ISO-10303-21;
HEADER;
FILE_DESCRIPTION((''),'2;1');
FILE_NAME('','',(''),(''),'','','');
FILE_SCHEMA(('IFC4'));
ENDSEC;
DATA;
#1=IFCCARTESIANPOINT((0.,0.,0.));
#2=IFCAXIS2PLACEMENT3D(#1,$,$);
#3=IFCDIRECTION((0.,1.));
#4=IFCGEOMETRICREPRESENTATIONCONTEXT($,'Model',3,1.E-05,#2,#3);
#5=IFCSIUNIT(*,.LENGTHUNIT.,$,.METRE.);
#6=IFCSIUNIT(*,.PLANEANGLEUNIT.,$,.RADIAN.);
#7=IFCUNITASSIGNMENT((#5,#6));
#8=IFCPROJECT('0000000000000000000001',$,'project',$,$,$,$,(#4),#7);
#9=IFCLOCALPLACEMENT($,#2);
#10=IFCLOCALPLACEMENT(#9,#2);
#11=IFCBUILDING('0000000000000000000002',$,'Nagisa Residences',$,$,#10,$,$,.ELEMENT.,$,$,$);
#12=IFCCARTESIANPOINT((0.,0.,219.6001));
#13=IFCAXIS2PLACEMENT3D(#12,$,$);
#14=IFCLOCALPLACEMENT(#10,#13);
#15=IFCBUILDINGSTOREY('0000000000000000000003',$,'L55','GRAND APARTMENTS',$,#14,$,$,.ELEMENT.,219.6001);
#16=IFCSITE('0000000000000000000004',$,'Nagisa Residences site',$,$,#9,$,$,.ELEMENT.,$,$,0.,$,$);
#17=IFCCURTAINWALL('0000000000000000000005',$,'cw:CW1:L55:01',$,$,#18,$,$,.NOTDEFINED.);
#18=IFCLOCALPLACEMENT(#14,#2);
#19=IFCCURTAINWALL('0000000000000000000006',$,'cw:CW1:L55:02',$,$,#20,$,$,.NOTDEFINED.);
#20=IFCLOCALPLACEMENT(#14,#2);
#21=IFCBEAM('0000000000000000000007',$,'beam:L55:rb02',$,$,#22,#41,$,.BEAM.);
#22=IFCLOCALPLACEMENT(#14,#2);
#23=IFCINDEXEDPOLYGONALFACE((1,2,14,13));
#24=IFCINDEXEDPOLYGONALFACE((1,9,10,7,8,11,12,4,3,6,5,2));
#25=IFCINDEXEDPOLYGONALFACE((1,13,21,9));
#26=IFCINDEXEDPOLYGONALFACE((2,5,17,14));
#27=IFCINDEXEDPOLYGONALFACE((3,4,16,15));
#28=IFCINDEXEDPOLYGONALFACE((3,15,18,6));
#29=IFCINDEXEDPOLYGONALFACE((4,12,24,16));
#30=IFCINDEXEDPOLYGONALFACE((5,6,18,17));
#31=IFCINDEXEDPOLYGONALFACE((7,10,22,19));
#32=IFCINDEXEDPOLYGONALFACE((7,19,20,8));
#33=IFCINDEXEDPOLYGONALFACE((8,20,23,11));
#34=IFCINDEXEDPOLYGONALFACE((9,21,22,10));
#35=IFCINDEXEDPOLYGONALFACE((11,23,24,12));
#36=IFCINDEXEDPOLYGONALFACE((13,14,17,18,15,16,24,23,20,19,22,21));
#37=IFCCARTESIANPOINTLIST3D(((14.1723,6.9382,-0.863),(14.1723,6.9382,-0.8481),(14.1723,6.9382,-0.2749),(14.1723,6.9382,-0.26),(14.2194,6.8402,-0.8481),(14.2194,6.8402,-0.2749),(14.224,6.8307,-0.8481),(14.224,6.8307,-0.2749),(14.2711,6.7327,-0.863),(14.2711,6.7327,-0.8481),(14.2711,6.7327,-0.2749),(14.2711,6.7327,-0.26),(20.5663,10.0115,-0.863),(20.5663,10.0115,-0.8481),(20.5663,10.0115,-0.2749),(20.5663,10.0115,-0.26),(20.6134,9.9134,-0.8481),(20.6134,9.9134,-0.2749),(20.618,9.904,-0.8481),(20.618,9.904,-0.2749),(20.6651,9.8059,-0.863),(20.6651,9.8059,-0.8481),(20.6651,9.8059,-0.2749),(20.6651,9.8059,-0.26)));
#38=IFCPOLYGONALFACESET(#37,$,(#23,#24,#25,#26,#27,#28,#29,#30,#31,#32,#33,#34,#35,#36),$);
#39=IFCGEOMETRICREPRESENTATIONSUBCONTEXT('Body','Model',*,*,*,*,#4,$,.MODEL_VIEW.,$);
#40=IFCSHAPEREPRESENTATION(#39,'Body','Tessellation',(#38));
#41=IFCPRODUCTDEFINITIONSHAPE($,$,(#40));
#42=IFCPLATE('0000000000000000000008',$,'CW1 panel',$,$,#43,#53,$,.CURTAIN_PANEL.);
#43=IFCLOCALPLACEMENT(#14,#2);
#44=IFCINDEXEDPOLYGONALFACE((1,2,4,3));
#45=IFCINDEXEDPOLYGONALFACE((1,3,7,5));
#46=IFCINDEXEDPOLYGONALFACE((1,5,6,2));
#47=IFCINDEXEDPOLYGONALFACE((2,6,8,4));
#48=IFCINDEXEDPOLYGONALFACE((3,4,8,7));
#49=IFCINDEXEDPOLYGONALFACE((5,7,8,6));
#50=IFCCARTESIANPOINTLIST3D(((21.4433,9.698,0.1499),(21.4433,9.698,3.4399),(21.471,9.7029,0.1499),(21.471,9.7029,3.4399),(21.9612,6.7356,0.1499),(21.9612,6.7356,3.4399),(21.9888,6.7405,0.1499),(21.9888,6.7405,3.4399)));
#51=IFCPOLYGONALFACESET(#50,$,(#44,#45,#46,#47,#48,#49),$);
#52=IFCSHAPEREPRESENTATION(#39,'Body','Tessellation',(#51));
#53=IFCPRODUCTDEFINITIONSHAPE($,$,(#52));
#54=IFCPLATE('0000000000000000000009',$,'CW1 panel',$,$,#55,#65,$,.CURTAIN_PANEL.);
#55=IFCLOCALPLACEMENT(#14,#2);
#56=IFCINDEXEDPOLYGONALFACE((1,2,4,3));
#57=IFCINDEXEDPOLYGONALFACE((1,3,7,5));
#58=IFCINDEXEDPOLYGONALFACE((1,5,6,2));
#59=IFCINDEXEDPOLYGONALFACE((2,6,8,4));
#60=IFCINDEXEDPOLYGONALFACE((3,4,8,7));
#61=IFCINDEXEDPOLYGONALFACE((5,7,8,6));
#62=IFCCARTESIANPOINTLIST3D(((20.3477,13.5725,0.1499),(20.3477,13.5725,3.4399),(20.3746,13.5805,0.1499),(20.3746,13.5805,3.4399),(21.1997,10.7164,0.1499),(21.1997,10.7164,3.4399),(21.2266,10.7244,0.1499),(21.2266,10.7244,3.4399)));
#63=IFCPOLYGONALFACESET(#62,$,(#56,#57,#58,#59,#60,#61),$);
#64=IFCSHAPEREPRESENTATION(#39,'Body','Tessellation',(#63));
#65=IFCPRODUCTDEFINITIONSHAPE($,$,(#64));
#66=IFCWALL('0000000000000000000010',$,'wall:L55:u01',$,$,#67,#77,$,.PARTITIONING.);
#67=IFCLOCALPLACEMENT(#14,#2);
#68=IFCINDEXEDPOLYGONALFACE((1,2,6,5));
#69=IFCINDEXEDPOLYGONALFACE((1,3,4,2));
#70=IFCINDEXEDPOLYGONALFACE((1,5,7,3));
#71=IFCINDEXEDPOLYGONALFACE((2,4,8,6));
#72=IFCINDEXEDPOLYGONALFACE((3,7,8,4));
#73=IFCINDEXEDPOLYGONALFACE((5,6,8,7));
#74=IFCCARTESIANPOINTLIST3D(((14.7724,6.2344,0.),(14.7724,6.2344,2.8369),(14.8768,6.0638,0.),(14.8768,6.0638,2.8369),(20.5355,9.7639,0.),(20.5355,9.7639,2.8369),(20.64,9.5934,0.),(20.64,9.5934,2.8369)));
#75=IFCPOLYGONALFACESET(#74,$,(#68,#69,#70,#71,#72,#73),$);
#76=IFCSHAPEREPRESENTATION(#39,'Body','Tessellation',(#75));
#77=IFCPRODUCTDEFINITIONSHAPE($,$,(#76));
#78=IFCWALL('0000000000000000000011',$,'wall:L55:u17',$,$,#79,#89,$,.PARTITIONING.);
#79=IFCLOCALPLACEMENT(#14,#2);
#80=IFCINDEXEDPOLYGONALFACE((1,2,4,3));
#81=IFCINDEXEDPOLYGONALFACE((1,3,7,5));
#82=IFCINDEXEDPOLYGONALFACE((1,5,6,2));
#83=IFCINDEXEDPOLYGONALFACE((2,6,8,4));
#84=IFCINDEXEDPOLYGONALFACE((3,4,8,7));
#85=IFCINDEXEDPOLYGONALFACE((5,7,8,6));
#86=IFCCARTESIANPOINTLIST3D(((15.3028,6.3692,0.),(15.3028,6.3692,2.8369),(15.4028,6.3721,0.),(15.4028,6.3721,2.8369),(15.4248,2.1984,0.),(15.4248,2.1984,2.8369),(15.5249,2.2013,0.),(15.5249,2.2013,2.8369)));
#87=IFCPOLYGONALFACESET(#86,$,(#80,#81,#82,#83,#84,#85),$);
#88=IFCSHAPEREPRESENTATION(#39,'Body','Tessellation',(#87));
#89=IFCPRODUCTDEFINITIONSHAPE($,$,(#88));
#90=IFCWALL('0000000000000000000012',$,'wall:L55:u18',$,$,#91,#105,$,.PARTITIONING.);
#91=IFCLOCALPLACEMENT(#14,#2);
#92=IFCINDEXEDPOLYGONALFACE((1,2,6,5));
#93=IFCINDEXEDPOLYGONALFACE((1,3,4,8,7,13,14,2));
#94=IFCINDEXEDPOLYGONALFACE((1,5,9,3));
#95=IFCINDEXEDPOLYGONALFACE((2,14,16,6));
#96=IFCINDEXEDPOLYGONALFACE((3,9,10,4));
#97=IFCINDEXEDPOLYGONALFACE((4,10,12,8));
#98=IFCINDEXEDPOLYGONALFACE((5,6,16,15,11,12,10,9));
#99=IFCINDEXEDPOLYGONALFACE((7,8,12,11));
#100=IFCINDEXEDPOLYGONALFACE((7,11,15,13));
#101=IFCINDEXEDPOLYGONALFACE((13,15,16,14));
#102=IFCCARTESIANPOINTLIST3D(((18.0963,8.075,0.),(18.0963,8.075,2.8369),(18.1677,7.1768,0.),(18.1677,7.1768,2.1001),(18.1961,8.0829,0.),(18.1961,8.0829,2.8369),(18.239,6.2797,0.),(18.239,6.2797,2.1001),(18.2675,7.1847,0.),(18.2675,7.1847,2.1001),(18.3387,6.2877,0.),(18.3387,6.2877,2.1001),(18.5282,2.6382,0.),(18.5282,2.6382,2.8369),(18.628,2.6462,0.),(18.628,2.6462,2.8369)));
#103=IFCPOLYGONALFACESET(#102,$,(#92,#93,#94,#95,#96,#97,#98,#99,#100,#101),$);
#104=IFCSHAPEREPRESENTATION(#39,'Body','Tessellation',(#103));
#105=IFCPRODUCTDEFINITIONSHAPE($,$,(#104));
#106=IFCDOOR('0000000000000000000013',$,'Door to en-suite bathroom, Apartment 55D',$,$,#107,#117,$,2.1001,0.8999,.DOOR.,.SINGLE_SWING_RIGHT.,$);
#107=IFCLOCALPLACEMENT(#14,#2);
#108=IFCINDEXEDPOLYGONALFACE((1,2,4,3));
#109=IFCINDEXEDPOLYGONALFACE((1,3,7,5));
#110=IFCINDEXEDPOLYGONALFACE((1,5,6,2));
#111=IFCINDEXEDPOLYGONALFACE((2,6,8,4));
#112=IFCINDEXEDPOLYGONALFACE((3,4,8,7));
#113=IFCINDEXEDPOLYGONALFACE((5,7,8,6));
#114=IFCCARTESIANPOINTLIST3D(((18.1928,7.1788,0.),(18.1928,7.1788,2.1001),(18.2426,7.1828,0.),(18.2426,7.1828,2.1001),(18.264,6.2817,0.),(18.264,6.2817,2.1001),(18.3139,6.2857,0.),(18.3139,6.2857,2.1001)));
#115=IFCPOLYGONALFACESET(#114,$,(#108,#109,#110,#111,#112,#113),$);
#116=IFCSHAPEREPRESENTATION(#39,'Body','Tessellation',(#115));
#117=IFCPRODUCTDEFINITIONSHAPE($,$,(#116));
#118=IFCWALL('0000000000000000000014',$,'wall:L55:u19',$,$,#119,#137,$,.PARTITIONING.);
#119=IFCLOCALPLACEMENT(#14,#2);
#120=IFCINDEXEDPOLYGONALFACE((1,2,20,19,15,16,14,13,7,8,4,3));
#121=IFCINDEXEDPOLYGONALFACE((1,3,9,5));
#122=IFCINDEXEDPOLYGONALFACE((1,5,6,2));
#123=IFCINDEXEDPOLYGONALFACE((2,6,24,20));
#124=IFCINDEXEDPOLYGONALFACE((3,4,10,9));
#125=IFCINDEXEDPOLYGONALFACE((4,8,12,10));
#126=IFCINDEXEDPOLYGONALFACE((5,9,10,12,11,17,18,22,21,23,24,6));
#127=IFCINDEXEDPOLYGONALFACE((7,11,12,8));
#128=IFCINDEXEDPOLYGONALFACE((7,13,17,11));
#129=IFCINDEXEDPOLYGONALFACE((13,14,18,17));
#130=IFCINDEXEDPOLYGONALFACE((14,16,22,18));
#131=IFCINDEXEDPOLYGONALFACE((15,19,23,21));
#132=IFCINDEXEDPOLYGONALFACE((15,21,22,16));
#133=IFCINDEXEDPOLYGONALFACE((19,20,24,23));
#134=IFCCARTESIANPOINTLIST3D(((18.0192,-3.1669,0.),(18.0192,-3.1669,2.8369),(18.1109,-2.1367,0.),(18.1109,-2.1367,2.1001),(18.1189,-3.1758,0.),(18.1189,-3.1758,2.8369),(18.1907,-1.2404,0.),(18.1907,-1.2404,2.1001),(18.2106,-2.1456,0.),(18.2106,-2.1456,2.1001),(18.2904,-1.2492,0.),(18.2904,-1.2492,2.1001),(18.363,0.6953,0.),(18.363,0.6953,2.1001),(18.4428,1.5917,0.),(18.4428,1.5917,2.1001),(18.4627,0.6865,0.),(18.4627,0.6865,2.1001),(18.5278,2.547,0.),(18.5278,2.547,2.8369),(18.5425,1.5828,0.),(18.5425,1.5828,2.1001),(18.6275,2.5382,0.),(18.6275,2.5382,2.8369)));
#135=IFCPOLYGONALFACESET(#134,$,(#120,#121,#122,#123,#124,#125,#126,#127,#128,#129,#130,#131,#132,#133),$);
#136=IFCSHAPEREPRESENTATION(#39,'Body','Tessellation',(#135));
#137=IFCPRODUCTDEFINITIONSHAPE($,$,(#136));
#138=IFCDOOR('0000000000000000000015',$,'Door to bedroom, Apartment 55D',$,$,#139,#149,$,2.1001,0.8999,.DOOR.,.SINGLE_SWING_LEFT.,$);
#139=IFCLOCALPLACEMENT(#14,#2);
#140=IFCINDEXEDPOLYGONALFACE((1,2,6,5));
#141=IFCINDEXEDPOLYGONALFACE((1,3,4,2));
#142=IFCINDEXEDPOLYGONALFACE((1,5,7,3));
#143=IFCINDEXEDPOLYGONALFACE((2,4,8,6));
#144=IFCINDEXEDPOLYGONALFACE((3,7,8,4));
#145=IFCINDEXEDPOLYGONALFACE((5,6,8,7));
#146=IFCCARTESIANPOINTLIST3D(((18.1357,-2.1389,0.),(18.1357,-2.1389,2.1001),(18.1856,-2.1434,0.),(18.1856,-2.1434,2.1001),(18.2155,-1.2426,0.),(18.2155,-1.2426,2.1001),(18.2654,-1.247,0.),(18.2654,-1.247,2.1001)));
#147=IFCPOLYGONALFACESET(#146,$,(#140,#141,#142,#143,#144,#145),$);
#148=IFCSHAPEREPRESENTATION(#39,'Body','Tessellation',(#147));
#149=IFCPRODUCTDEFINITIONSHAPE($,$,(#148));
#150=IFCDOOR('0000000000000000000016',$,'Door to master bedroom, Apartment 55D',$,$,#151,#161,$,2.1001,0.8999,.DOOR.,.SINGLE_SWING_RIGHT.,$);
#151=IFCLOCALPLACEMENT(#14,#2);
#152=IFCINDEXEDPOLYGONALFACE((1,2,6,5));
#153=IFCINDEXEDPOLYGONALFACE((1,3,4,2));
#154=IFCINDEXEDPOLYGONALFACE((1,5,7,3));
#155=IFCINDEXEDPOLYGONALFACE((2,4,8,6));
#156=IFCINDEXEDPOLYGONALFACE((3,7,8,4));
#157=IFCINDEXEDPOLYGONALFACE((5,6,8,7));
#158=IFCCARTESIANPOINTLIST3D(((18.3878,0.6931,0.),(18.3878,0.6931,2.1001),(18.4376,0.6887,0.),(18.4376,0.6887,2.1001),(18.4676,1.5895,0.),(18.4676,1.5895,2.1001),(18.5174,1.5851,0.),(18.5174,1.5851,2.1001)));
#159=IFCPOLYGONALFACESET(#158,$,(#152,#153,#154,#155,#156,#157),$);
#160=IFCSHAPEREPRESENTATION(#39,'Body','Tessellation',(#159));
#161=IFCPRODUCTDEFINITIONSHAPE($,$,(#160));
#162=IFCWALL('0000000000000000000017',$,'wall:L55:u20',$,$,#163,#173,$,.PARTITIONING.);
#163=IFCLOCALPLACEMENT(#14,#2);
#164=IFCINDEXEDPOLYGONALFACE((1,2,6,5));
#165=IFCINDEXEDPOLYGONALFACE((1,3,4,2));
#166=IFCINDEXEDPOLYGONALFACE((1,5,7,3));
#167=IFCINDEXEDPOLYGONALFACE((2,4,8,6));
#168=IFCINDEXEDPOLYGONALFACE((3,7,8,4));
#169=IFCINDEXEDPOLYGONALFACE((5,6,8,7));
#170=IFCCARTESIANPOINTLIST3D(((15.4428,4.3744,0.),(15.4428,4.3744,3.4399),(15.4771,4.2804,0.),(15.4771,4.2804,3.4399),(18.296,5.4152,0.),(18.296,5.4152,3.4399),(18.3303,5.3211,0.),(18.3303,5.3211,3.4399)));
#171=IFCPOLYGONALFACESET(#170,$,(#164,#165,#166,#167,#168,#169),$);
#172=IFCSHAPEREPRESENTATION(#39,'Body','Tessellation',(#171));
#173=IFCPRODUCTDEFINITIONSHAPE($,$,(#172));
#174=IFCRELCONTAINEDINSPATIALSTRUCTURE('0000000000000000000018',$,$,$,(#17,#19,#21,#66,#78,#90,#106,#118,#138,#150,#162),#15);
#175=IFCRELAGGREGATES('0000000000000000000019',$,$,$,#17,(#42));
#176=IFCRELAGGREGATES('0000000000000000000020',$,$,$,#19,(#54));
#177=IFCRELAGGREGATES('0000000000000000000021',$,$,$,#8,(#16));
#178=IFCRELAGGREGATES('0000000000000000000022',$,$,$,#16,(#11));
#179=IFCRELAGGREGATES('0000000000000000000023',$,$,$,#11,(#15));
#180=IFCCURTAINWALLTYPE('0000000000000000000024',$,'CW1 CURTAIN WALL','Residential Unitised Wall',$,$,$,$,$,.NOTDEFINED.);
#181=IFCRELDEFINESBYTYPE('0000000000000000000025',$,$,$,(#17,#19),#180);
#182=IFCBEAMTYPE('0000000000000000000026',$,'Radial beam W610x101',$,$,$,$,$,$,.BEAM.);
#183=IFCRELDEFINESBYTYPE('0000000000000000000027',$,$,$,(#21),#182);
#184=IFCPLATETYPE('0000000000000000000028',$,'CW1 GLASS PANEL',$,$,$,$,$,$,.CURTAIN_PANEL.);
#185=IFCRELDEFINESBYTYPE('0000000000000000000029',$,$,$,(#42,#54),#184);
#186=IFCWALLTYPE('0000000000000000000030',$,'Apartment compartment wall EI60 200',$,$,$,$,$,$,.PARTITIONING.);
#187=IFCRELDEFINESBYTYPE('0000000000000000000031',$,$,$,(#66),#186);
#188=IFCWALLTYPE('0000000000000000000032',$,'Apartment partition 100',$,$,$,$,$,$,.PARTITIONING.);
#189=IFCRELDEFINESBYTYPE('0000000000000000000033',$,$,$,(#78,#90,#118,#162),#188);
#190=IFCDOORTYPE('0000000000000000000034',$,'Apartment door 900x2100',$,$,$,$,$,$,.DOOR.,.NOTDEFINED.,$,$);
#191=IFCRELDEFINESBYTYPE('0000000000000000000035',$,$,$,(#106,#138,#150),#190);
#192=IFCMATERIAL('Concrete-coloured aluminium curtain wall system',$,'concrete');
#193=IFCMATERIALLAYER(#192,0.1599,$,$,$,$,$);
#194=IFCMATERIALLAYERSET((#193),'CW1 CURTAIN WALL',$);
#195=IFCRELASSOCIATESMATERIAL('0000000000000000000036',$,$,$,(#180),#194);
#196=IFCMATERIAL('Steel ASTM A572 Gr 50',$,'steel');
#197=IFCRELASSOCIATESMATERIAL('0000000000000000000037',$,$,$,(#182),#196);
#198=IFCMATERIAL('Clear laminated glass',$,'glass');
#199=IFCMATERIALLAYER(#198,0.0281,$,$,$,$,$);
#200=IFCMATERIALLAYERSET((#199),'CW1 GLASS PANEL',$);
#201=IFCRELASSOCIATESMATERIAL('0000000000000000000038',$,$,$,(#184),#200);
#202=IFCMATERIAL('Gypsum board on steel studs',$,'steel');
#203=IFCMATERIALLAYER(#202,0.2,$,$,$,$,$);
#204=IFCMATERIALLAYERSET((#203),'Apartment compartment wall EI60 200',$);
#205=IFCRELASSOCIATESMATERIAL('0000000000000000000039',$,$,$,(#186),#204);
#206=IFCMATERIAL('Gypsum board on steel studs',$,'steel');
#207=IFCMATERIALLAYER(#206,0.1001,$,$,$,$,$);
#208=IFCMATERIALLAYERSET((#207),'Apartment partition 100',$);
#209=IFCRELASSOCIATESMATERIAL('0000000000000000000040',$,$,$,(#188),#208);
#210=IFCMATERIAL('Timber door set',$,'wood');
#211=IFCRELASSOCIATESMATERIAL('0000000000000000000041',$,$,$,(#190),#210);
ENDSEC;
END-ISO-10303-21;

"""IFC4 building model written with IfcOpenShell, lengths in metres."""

from ifc_helpers import new_model, si_unit, direction, frame, frame_2d, origin, origin_2d, place, context, subcontext, project, spatial, rectangle, i_section, extrude, material, layer, layer_set, material_profile, profile_set, type_object, element, fill, aggregate, save


model = new_model("IFC4")

# Units and contexts
model_context = context("Model", 3, precision=1e-05, world=origin(), true_north=direction((0.0, 1.0)))
body_context = subcontext(model_context, "Body", "Model", "MODEL_VIEW")
ifc_project = project(units=[si_unit("LENGTHUNIT", "METRE"), si_unit("PLANEANGLEUNIT", "RADIAN")], contexts=[model_context])

# Site, building, storey
site_placement = place(None, origin())
site = spatial("IfcSite", under=ifc_project, at=site_placement, Name="Nagisa Residences site", CompositionType="ELEMENT", RefElevation=0.0)
building_placement = place(site_placement, origin())
building = spatial("IfcBuilding", under=site, at=building_placement, Name="Nagisa Residences", CompositionType="ELEMENT")
storey_placement = place(building_placement, frame((0.0, 0.0, 219.6001)))
storey = spatial("IfcBuildingStorey", under=building, at=storey_placement, Name="L55", Description="GRAND APARTMENTS", CompositionType="ELEMENT", Elevation=219.6001)

# Curtain walls
ifc_material_1 = material(Name="Concrete-coloured aluminium curtain wall system", Category="concrete")
ifc_layer_1 = layer(ifc_material_1, 0.1599)
ifc_layer_set_1 = layer_set([ifc_layer_1], Name="CW1 CURTAIN WALL")
curtain_wall_type = type_object("IfcCurtainWallType", Name="CW1 CURTAIN WALL", Description="Residential Unitised Wall", PredefinedType="NOTDEFINED", material=ifc_layer_set_1)
curtain_wall_1_placement = place(storey_placement, origin())
curtain_wall_1 = element("IfcCurtainWall", 1, at=curtain_wall_1_placement, inside=storey, type_object=curtain_wall_type, Name="cw:CW1:L55:01", PredefinedType="NOTDEFINED")
curtain_wall_2_placement = place(storey_placement, origin())
curtain_wall_2 = element("IfcCurtainWall", 2, at=curtain_wall_2_placement, inside=storey, type_object=curtain_wall_type, Name="cw:CW1:L55:02", PredefinedType="NOTDEFINED")

# Beam
ifc_material_2 = material(Name="Steel ASTM A572 Gr 50", Category="steel")
ifc_material_profile_1 = material_profile(ifc_material_2, i_section(OverallWidth=0.228, OverallDepth=0.603, WebThickness=0.0105, FlangeThickness=0.0149, at=origin_2d()), Name="W610x101")
ifc_profile_set_1 = profile_set([ifc_material_profile_1], Name="Steel ASTM A572 Gr 50")
beam_type_1 = type_object("IfcBeamType", Name="Radial beam W610x101", PredefinedType="BEAM", material=ifc_profile_set_1)
beam_1_placement = place(storey_placement, frame((20.6157, 9.9087, -0.5615), z_axis=(-0.901297, -0.433201, 0.0), x_axis=(0.433201, -0.901297, 0.0)))
element("IfcBeam", 3, at=beam_1_placement, inside=storey, type_object=beam_type_1, Name="beam:L55:rb02", PredefinedType="BEAM", context=body_context, shape_type="SweptSolid", body=[
    extrude(i_section(OverallWidth=0.228, OverallDepth=0.603, WebThickness=0.0105, FlangeThickness=0.0149, at=origin_2d()), origin(), (0.0, 0.0, 1.0), 7.0942),
])

# Plates
ifc_material_3 = material(Name="Clear laminated glass", Category="glass")
ifc_layer_2 = layer(ifc_material_3, 0.0281)
ifc_layer_set_2 = layer_set([ifc_layer_2], Name="CW1 GLASS PANEL")
plate_type = type_object("IfcPlateType", Name="CW1 GLASS PANEL", PredefinedType="CURTAIN_PANEL", material=ifc_layer_set_2)
plate_1_placement = place(storey_placement, frame((21.7161, 8.2192, 0.1499), z_axis=(0.0, 0.0, 1.0), x_axis=(-0.172191, 0.985064, 0.0)))
plate_1 = element("IfcPlate", 4, at=plate_1_placement, type_object=plate_type, Name="CW1 panel", PredefinedType="CURTAIN_PANEL", context=body_context, shape_type="SweptSolid", body=[
    extrude(rectangle(XDim=3.0073, YDim=0.0281, at=origin_2d()), origin(), (0.0, 0.0, 1.0), 3.29),
])
aggregate(curtain_wall_1, [plate_1])
plate_2_placement = place(storey_placement, frame((20.7871, 12.1484, 0.1499), z_axis=(0.0, 0.0, 1.0), x_axis=(-0.28586, 0.958271, 0.0)))
plate_2 = element("IfcPlate", 5, at=plate_2_placement, type_object=plate_type, Name="CW1 panel", PredefinedType="CURTAIN_PANEL", context=body_context, shape_type="SweptSolid", body=[
    extrude(rectangle(XDim=2.9805, YDim=0.0281, at=origin_2d()), origin(), (0.0, 0.0, 1.0), 3.29),
])
aggregate(curtain_wall_2, [plate_2])

# Walls
ifc_material_4 = material(Name="Gypsum board on steel studs", Category="steel")
ifc_layer_3 = layer(ifc_material_4, 0.2)
ifc_layer_set_3 = layer_set([ifc_layer_3], Name="Apartment compartment wall EI60 200")
wall_type_1 = type_object("IfcWallType", Name="Apartment compartment wall EI60 200", PredefinedType="PARTITIONING", material=ifc_layer_set_3)
wall_1_placement = place(storey_placement, frame((14.8247, 6.1492, 0.0), z_axis=(0.0, 0.0, 1.0), x_axis=(0.852781, 0.522268, 0.0)))
element("IfcWall", 6, at=wall_1_placement, inside=storey, type_object=wall_type_1, Name="wall:L55:u01", PredefinedType="PARTITIONING", context=body_context, shape_type="SweptSolid", body=[
    extrude(rectangle(XDim=6.7581, YDim=0.2, at=frame_2d((3.3789, 0.0))), origin(), (0.0, 0.0, 1.0), 2.8369),
])
ifc_material_5 = material(Name="Gypsum board on steel studs", Category="steel")
ifc_layer_4 = layer(ifc_material_5, 0.1001)
ifc_layer_set_4 = layer_set([ifc_layer_4], Name="Apartment partition 100")
wall_type_2 = type_object("IfcWallType", Name="Apartment partition 100", PredefinedType="PARTITIONING", material=ifc_layer_set_4)
wall_2_placement = place(storey_placement, frame((15.4749, 2.1997, 0.0), z_axis=(0.0, 0.0, 1.0), x_axis=(-0.029255, 0.999572, 0.0)))
element("IfcWall", 7, at=wall_2_placement, inside=storey, type_object=wall_type_2, Name="wall:L55:u17", PredefinedType="PARTITIONING", context=body_context, shape_type="SweptSolid", body=[
    extrude(rectangle(XDim=4.1726, YDim=0.1001, at=frame_2d((2.0864, 0.0))), origin(), (0.0, 0.0, 1.0), 2.8369),
])

# Wall, opening, door
wall_3_placement = place(storey_placement, frame((18.5781, 2.6421, 0.0), z_axis=(0.0, 0.0, 1.0), x_axis=(-0.079188, 0.99686, 0.0)))
wall_3 = element("IfcWall", 8, at=wall_3_placement, inside=storey, type_object=wall_type_2, Name="wall:L55:u18", PredefinedType="PARTITIONING", context=body_context, shape_type="SweptSolid", body=[
    extrude(rectangle(XDim=5.4539, YDim=0.1001, at=frame_2d((2.7271, 0.0))), origin(), (0.0, 0.0, 1.0), 2.8369),
])
opening_1_placement = place(wall_3_placement, frame((3.6531, 0.0, 0.0)))
opening_1 = element("IfcOpeningElement", 9, at=opening_1_placement, cuts=wall_3, PredefinedType="OPENING", context=body_context, shape_type="SweptSolid", body=[
    extrude(rectangle(XDim=0.8999, YDim=2.1001, at=frame_2d((0.45, 1.05))), frame((0.0, 0.0601, 0.0), z_axis=(0.0, -1.0, 0.0), x_axis=(1.0, 0.0, 0.0)), (0.0, 0.0, 1.0), 0.1201),
])
ifc_material_6 = material(Name="Timber door set", Category="wood")
door_type_1 = type_object("IfcDoorType", Name="Apartment door 900x2100", OperationType="NOTDEFINED", PredefinedType="DOOR", material=ifc_material_6)
door_1_placement = place(opening_1_placement, origin())
door_1 = element("IfcDoor", 10, at=door_1_placement, inside=storey, type_object=door_type_1, Name="Door to en-suite bathroom, Apartment 55D", OperationType="SINGLE_SWING_RIGHT", OverallHeight=2.1001, OverallWidth=0.8999, PredefinedType="DOOR", context=body_context, shape_type="SweptSolid", body=[
    extrude(rectangle(XDim=0.8999, YDim=2.1001, at=frame_2d((0.45, 1.05))), frame((0.0, 0.0249, 0.0), z_axis=(0.0, -1.0, 0.0), x_axis=(1.0, 0.0, 0.0)), (0.0, 0.0, 1.0), 0.05),
])
fill(opening_1, door_1)

# Wall, openings, doors
wall_4_placement = place(storey_placement, frame((18.5776, 2.5425, 0.0), z_axis=(0.0, 0.0, 1.0), x_axis=(-0.088651, -0.996063, 0.0)))
wall_4 = element("IfcWall", 11, at=wall_4_placement, inside=storey, type_object=wall_type_2, Name="wall:L55:u19", PredefinedType="PARTITIONING", context=body_context, shape_type="SweptSolid", body=[
    extrude(rectangle(XDim=5.7366, YDim=0.1001, at=frame_2d((2.8682, 0.0))), origin(), (0.0, 0.0, 1.0), 2.8369),
])
opening_2_placement = place(wall_4_placement, frame((3.8022, 0.0, 0.0)))
opening_2 = element("IfcOpeningElement", 12, at=opening_2_placement, cuts=wall_4, PredefinedType="OPENING", context=body_context, shape_type="SweptSolid", body=[
    extrude(rectangle(XDim=0.8999, YDim=2.1001, at=frame_2d((0.45, 1.05))), frame((0.0, 0.0601, 0.0), z_axis=(0.0, -1.0, 0.0), x_axis=(1.0, 0.0, 0.0)), (0.0, 0.0, 1.0), 0.1201),
])
opening_3_placement = place(wall_4_placement, frame((0.959, 0.0, 0.0)))
opening_3 = element("IfcOpeningElement", 13, at=opening_3_placement, cuts=wall_4, PredefinedType="OPENING", context=body_context, shape_type="SweptSolid", body=[
    extrude(rectangle(XDim=0.8999, YDim=2.1001, at=frame_2d((0.45, 1.05))), frame((0.0, 0.0601, 0.0), z_axis=(0.0, -1.0, 0.0), x_axis=(1.0, 0.0, 0.0)), (0.0, 0.0, 1.0), 0.1201),
])
door_2_placement = place(opening_2_placement, origin())
door_2 = element("IfcDoor", 14, at=door_2_placement, inside=storey, type_object=door_type_1, Name="Door to bedroom, Apartment 55D", OperationType="SINGLE_SWING_LEFT", OverallHeight=2.1001, OverallWidth=0.8999, PredefinedType="DOOR", context=body_context, shape_type="SweptSolid", body=[
    extrude(rectangle(XDim=0.8999, YDim=2.1001, at=frame_2d((0.45, 1.05))), frame((0.0, 0.0249, 0.0), z_axis=(0.0, -1.0, 0.0), x_axis=(1.0, 0.0, 0.0)), (0.0, 0.0, 1.0), 0.05),
])
fill(opening_2, door_2)
door_3_placement = place(opening_3_placement, origin())
door_3 = element("IfcDoor", 15, at=door_3_placement, inside=storey, type_object=door_type_1, Name="Door to master bedroom, Apartment 55D", OperationType="SINGLE_SWING_RIGHT", OverallHeight=2.1001, OverallWidth=0.8999, PredefinedType="DOOR", context=body_context, shape_type="SweptSolid", body=[
    extrude(rectangle(XDim=0.8999, YDim=2.1001, at=frame_2d((0.45, 1.05))), frame((0.0, 0.0249, 0.0), z_axis=(0.0, -1.0, 0.0), x_axis=(1.0, 0.0, 0.0)), (0.0, 0.0, 1.0), 0.05),
])
fill(opening_3, door_3)

# Wall
wall_5_placement = place(storey_placement, frame((15.46, 4.3274, 0.0), z_axis=(0.0, 0.0, 1.0), x_axis=(0.939453, 0.342679, 0.0)))
element("IfcWall", 16, at=wall_5_placement, inside=storey, type_object=wall_type_2, Name="wall:L55:u20", PredefinedType="PARTITIONING", context=body_context, shape_type="SweptSolid", body=[
    extrude(rectangle(XDim=3.0371, YDim=0.1001, at=frame_2d((1.5186, 0.0))), origin(), (0.0, 0.0, 1.0), 3.4399),
])

save(model, "model.ifc")
